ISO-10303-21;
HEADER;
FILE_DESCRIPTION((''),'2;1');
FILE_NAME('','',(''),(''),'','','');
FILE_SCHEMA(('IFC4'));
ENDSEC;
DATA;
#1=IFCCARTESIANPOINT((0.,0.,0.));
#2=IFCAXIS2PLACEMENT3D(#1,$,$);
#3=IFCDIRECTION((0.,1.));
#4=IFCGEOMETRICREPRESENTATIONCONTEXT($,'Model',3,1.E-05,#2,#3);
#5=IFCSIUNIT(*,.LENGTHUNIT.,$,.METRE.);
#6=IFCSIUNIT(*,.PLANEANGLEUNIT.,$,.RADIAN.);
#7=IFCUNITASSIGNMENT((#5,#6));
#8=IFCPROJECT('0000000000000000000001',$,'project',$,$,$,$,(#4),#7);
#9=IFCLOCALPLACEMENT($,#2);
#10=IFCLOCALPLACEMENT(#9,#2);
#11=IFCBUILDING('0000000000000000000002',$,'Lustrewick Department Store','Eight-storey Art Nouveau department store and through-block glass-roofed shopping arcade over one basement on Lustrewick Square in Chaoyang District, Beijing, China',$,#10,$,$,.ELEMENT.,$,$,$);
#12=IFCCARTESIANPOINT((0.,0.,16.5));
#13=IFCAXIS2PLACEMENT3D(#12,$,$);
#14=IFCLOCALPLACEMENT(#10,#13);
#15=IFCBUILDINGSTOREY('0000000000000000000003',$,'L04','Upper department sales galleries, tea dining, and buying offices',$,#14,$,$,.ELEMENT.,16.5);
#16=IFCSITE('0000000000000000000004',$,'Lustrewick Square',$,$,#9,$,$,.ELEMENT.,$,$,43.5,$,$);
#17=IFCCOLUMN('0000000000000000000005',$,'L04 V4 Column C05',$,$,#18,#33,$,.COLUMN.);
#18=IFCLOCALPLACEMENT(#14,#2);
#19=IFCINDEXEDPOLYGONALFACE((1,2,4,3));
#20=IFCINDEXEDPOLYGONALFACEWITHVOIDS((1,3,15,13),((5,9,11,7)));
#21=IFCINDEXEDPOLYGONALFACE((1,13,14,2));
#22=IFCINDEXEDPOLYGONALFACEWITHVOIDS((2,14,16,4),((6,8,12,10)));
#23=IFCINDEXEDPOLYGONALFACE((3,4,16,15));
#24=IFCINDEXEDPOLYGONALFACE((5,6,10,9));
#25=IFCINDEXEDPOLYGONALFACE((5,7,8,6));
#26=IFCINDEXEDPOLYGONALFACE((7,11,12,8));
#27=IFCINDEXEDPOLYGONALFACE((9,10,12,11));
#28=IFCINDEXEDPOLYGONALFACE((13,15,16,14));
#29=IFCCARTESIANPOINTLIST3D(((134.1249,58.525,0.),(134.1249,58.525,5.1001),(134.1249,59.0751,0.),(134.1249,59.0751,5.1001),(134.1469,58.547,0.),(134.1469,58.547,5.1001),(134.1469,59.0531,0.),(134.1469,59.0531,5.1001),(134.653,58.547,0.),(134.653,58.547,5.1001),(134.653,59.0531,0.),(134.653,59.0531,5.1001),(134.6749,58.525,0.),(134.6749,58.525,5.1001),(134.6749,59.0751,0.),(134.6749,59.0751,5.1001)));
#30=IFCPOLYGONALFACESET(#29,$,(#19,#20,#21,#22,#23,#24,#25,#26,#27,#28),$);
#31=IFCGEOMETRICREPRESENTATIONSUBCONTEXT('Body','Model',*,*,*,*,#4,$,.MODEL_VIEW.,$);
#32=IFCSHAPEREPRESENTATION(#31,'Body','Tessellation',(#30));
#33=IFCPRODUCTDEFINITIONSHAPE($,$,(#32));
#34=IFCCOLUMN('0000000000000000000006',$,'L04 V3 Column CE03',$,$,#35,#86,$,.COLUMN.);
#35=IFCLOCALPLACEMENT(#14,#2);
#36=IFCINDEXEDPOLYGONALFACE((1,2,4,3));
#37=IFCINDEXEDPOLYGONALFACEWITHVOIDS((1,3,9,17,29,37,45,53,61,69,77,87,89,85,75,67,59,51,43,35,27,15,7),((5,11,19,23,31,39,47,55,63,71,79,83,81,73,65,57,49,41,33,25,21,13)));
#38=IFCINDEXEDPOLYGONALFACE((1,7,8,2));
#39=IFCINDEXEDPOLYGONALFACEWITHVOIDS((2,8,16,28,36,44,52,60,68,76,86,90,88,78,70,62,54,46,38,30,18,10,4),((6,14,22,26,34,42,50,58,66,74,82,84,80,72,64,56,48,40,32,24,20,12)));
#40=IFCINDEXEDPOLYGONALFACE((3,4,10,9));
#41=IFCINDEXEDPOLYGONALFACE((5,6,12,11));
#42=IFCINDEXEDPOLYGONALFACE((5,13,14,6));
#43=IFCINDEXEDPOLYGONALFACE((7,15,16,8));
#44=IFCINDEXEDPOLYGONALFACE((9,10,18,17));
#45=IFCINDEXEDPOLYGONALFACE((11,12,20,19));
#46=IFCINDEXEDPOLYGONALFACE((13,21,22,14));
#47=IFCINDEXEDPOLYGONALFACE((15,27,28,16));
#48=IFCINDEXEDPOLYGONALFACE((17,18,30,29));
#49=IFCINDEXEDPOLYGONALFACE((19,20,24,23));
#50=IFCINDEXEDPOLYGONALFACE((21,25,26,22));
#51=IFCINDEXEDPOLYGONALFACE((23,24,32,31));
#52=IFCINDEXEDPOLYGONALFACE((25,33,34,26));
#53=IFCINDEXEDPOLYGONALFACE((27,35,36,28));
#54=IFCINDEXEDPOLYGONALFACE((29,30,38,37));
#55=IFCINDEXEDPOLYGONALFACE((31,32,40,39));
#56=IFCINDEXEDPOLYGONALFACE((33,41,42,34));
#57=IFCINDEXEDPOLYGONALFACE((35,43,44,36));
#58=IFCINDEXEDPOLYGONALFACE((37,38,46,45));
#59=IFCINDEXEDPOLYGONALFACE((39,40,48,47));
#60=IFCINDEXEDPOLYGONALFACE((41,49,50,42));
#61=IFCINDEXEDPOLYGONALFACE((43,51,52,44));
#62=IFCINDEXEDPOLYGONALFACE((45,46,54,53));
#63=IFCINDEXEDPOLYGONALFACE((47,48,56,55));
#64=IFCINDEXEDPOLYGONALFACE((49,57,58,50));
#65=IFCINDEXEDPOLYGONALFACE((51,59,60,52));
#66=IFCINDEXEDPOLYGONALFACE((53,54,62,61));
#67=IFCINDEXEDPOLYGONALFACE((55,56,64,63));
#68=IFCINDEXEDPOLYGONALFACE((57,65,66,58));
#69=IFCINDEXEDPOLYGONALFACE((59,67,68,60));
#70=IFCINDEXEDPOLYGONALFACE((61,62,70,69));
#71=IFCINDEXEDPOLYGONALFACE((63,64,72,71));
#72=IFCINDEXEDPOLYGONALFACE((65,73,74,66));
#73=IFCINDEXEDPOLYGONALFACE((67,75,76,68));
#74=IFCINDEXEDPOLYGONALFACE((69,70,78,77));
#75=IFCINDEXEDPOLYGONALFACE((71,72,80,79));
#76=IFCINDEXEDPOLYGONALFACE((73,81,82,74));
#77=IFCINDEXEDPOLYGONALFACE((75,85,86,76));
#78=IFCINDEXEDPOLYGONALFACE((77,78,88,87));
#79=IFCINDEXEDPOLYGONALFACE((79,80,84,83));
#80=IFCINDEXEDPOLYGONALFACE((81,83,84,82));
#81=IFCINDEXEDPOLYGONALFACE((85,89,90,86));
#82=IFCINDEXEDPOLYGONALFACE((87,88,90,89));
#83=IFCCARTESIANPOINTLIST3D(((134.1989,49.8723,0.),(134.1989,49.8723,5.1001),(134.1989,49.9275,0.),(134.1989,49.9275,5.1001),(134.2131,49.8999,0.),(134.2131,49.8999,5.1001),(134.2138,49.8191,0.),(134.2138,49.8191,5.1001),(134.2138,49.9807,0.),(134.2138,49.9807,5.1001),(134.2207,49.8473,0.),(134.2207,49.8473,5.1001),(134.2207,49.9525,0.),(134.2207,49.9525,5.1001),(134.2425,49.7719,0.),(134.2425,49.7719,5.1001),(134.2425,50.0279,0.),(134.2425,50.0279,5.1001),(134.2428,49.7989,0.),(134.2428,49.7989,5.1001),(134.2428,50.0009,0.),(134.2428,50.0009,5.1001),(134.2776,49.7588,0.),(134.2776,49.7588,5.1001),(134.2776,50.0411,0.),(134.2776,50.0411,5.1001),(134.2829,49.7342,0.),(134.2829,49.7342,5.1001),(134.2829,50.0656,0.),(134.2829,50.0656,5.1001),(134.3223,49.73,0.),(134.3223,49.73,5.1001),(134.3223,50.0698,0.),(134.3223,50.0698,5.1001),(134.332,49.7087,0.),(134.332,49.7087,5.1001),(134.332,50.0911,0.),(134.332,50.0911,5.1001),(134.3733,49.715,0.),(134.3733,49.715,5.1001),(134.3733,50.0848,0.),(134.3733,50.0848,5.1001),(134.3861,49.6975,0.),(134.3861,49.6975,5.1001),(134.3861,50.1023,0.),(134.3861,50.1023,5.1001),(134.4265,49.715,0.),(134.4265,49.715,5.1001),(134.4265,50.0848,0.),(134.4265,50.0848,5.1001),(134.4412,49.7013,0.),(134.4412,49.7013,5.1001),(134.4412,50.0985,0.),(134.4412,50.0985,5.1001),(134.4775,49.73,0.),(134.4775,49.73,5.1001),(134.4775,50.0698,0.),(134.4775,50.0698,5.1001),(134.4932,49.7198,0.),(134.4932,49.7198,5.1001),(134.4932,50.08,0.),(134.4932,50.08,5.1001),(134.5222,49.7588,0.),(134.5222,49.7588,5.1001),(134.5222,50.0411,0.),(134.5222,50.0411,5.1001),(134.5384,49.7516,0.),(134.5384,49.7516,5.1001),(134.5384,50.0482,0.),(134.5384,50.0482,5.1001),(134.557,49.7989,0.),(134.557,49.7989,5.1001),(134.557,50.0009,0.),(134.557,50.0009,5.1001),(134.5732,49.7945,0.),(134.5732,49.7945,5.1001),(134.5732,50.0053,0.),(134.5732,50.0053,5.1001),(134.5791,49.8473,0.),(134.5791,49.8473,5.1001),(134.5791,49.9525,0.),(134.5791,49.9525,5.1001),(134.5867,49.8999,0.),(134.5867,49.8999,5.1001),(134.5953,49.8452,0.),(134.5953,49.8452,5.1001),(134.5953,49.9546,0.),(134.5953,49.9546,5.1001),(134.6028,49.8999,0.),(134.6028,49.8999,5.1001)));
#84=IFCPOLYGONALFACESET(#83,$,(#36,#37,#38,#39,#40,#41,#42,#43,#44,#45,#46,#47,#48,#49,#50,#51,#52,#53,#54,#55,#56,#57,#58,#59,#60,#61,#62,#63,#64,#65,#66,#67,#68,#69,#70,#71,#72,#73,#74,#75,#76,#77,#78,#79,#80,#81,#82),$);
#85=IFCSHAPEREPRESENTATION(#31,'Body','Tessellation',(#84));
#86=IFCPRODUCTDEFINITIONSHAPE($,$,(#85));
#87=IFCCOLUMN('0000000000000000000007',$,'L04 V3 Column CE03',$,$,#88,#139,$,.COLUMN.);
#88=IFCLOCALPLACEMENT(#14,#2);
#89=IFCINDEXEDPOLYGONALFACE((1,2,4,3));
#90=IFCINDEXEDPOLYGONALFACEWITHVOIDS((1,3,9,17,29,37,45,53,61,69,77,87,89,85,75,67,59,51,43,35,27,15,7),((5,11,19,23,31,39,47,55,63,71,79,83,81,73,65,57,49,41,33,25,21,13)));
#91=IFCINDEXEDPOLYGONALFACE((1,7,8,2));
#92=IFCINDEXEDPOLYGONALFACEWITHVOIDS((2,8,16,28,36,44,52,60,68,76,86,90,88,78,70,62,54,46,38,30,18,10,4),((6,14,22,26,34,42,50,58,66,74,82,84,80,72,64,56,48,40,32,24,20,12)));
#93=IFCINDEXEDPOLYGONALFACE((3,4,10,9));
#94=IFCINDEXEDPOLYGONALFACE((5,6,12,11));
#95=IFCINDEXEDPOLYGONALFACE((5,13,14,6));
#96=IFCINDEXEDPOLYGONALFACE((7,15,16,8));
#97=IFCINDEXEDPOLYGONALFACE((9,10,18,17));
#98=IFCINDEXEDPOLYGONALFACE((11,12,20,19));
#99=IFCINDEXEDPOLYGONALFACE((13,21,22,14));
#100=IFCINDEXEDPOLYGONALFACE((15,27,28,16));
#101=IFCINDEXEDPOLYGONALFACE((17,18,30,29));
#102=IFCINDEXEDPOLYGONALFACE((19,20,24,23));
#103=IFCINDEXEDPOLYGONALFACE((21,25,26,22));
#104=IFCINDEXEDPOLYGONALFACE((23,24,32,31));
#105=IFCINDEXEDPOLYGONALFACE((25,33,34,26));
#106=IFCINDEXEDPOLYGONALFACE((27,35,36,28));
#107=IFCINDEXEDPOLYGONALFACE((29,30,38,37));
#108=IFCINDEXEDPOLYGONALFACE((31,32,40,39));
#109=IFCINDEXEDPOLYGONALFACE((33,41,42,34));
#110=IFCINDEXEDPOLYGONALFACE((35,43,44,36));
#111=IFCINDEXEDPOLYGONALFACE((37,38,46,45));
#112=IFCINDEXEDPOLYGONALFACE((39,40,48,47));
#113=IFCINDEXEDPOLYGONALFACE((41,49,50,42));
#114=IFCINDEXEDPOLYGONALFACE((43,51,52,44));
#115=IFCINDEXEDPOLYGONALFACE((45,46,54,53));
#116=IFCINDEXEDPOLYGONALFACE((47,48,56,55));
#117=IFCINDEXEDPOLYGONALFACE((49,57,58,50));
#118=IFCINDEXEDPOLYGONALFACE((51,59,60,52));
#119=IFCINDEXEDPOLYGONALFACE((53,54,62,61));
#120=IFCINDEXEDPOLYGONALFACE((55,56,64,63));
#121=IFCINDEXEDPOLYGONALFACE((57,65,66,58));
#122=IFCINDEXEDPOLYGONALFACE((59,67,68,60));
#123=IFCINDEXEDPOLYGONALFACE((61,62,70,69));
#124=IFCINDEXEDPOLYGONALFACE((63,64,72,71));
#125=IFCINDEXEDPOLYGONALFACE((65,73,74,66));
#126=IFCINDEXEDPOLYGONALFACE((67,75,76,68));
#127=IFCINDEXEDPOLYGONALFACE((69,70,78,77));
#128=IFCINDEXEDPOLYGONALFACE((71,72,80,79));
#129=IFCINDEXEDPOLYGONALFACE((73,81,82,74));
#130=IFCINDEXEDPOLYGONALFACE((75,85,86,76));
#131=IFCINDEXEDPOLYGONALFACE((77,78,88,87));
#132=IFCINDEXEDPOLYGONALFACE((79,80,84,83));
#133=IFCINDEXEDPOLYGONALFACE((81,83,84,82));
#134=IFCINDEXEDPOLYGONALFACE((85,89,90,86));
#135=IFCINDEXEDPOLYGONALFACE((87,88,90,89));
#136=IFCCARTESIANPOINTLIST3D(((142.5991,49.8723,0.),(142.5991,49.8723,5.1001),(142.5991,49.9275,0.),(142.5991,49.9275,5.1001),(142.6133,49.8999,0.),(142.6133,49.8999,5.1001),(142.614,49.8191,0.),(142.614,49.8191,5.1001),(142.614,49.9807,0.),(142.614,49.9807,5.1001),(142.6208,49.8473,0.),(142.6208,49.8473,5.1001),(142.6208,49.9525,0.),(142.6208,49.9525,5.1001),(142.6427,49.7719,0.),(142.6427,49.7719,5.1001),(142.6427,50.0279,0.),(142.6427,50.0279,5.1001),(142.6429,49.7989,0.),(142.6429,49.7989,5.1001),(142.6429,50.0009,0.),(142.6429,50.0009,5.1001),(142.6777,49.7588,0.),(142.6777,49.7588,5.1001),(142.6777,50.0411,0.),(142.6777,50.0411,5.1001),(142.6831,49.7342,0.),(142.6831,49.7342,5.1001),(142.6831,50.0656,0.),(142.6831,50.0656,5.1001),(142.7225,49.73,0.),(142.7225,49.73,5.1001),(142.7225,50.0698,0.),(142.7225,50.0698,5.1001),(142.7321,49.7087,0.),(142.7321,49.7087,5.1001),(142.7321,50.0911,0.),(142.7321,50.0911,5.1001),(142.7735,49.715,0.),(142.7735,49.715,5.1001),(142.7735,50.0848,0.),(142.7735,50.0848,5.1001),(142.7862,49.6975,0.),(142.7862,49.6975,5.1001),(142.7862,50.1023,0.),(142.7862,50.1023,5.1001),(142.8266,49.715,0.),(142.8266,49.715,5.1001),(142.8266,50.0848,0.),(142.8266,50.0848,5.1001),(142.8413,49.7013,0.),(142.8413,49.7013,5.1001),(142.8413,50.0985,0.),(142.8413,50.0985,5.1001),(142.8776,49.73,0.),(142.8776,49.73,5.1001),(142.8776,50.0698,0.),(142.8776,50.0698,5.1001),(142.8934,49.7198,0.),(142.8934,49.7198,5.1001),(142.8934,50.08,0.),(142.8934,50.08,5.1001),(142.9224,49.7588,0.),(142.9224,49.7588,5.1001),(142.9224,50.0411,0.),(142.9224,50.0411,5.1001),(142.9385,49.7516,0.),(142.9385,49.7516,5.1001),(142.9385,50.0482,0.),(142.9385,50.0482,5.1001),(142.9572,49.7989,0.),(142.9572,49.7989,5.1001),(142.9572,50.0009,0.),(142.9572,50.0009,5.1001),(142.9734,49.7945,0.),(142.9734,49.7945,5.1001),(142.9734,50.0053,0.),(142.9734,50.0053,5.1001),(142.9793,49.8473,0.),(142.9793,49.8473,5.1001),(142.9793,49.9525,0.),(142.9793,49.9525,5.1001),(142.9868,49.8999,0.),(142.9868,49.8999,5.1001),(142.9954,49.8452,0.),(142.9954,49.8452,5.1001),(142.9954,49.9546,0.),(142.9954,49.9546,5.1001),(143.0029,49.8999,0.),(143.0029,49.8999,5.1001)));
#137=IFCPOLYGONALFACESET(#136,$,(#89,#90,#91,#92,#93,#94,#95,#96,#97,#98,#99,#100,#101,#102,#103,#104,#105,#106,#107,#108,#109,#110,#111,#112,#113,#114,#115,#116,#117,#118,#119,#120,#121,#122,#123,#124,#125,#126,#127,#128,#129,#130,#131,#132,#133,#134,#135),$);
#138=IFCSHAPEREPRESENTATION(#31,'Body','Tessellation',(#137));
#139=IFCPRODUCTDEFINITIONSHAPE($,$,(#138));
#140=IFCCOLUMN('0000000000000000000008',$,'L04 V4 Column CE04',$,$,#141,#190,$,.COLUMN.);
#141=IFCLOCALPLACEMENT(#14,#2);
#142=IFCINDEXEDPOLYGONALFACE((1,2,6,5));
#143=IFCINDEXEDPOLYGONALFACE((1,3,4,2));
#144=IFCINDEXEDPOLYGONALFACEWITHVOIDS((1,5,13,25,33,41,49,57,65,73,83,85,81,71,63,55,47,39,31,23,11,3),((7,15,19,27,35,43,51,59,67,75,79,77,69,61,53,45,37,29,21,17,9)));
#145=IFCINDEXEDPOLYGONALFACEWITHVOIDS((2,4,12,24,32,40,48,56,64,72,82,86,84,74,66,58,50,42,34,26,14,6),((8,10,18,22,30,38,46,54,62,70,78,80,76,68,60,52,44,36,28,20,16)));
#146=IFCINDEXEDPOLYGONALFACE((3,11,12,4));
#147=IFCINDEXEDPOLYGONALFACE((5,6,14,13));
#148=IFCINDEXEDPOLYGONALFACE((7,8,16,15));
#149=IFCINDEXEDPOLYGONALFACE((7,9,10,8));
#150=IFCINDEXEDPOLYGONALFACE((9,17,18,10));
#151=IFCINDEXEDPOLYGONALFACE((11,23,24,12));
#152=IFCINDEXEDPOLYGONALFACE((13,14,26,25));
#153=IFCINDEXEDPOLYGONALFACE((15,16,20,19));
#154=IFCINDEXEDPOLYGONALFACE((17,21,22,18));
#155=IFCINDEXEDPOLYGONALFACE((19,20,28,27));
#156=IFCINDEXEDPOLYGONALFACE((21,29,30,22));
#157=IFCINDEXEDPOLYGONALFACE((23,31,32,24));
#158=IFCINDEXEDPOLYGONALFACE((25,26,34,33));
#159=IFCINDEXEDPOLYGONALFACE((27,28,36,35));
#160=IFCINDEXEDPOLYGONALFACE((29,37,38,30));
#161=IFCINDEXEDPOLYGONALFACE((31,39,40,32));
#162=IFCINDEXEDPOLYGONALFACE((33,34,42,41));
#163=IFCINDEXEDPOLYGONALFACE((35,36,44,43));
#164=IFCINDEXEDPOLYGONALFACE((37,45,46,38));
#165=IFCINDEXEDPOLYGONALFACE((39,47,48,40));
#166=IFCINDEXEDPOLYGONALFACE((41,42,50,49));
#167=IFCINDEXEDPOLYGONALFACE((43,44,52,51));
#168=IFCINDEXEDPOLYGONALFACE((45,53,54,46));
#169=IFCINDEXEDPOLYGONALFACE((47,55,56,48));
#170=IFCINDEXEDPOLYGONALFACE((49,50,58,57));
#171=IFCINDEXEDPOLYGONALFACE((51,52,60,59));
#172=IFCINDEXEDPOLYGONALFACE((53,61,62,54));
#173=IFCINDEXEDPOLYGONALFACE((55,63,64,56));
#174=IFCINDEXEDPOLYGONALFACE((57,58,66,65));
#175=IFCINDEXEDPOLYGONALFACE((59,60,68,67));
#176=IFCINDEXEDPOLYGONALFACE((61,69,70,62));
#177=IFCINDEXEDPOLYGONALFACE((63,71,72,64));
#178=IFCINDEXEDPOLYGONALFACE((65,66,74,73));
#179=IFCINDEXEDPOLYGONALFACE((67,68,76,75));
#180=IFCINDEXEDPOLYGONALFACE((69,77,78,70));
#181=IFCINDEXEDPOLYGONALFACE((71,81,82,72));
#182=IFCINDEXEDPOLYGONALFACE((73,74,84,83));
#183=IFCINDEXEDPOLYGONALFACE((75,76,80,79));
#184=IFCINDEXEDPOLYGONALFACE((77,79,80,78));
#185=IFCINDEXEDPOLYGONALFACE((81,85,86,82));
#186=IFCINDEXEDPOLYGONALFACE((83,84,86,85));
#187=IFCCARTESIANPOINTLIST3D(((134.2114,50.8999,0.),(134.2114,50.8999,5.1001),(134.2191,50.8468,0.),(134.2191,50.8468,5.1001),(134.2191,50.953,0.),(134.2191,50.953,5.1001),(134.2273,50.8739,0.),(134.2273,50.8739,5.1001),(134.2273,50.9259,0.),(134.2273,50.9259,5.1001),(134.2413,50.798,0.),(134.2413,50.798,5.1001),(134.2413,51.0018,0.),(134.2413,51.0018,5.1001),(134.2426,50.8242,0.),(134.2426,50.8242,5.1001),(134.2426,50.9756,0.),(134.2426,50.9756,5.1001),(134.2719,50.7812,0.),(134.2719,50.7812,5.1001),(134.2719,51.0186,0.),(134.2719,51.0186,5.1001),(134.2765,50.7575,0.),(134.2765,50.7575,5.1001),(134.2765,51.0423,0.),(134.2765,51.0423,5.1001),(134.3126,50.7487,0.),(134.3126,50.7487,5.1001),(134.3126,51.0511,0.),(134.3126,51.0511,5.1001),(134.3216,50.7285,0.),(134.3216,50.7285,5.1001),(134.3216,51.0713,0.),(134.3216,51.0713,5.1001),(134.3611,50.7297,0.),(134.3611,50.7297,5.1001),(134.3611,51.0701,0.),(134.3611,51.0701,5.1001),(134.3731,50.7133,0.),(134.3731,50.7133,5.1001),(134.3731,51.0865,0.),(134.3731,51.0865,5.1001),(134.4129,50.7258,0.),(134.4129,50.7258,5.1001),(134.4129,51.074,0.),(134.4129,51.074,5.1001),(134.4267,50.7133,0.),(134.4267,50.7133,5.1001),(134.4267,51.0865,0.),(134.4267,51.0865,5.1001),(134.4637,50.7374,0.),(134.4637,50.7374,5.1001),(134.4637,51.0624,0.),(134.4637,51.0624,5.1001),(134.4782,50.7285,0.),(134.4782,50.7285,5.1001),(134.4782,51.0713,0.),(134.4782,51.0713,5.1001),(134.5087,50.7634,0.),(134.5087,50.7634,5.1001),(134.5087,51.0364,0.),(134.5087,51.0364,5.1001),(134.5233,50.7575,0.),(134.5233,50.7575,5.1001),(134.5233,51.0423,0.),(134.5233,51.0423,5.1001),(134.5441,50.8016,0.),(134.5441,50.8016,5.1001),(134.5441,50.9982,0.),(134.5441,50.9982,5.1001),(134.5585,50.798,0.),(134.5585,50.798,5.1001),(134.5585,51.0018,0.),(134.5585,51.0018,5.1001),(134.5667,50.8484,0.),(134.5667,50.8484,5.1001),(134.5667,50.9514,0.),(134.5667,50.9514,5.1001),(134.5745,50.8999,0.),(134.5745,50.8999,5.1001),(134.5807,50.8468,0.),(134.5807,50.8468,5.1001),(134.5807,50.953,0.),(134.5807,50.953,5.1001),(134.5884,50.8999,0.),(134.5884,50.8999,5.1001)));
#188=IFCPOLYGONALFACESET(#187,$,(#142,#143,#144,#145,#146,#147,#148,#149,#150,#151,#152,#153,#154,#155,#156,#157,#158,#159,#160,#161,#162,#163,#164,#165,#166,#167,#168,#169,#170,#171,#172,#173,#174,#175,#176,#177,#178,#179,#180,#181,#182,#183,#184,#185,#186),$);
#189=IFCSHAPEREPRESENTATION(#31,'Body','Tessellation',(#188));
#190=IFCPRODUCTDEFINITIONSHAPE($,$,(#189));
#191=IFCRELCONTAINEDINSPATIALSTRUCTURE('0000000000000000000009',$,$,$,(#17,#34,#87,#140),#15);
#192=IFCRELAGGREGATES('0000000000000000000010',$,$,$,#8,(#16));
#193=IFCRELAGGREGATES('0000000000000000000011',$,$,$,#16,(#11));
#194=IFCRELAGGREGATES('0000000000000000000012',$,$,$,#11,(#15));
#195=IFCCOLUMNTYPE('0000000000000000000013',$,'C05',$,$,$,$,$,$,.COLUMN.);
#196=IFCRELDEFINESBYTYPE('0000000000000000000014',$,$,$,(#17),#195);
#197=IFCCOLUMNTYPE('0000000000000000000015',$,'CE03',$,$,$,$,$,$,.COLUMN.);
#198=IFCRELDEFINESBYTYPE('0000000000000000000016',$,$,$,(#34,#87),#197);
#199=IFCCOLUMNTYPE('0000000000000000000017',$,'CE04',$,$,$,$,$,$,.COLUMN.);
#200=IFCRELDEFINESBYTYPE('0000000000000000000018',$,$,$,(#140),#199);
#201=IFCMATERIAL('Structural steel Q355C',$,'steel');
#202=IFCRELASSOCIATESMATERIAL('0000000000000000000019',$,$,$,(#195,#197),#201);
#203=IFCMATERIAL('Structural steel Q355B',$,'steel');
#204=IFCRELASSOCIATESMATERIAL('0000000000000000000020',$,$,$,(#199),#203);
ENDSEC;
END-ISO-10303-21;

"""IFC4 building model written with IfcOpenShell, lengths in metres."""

from ifc_helpers import new_model, si_unit, direction, frame, origin, origin_2d, place, context, subcontext, project, spatial, hollow_rectangle, hollow_circle, extrude, material, material_profile, profile_set, type_object, element, save


model = new_model("IFC4")

# Units and contexts
model_context = context("Model", 3, precision=1e-05, world=origin(), true_north=direction((0.0, 1.0)))
body_context = subcontext(model_context, "Body", "Model", "MODEL_VIEW")
ifc_project = project(units=[si_unit("LENGTHUNIT", "METRE"), si_unit("PLANEANGLEUNIT", "RADIAN")], contexts=[model_context])

# Site, building, storey
site_placement = place(None, origin())
site = spatial("IfcSite", under=ifc_project, at=site_placement, Name="Lustrewick Square", CompositionType="ELEMENT", RefElevation=43.5)
building_placement = place(site_placement, origin())
building = spatial("IfcBuilding", under=site, at=building_placement, Name="Lustrewick Department Store", Description="Eight-storey Art Nouveau department store and through-block glass-roofed shopping arcade over one basement on Lustrewick Square in Chaoyang District, Beijing, China", CompositionType="ELEMENT")
storey_placement = place(building_placement, frame((0.0, 0.0, 16.5)))
storey = spatial("IfcBuildingStorey", under=building, at=storey_placement, Name="L04", Description="Upper department sales galleries, tea dining, and buying offices", CompositionType="ELEMENT", Elevation=16.5)

# Columns
ifc_material_1 = material(Name="Structural steel Q355C", Category="steel")
ifc_material_profile_1 = material_profile(ifc_material_1, hollow_rectangle(XDim=0.55, YDim=0.55, WallThickness=0.022, at=origin_2d()), Name="BOX 550x550x22")
ifc_profile_set_1 = profile_set([ifc_material_profile_1], Name="Structural steel Q355C")
column_type_1 = type_object("IfcColumnType", Name="C05", PredefinedType="COLUMN", material=ifc_profile_set_1)
column_1_placement = place(storey_placement, frame((134.3999, 58.8, 0.0), z_axis=(0.0, 0.0, 1.0), x_axis=(1.0, 0.0, 0.0)))
element("IfcColumn", 1, at=column_1_placement, inside=storey, type_object=column_type_1, Name="L04 V4 Column C05", PredefinedType="COLUMN", context=body_context, shape_type="SweptSolid", body=[
    extrude(hollow_rectangle(XDim=0.55, YDim=0.55, WallThickness=0.022, at=origin_2d()), origin(), (0.0, 0.0, 1.0), 5.1001),
])
ifc_material_profile_2 = material_profile(ifc_material_1, hollow_circle(Radius=0.2029, WallThickness=0.0161, at=origin_2d()), Name="CHS 406x16")
ifc_profile_set_2 = profile_set([ifc_material_profile_2], Name="Structural steel Q355C")
column_type_2 = type_object("IfcColumnType", Name="CE03", PredefinedType="COLUMN", material=ifc_profile_set_2)
for number, where, z_axis, x_axis, name in (
    (2, (134.3999, 49.8999, 0.0), (0.0, 0.0, 1.0), (1.0, 0.0, 0.0), "L04 V3 Column CE03"),
    (3, (142.8, 49.8999, 0.0), (0.0, 0.0, 1.0), (1.0, 0.0, 0.0), "L04 V3 Column CE03"),
):
    element("IfcColumn", number, at=place(storey_placement, frame(where, z_axis=z_axis, x_axis=x_axis)), inside=storey, type_object=column_type_2, Name=name, PredefinedType="COLUMN", context=body_context, shape_type="SweptSolid", body=[
        extrude(hollow_circle(Radius=0.2029, WallThickness=0.0161, at=origin_2d()), origin(), (0.0, 0.0, 1.0), 5.1001),
    ])
ifc_material_2 = material(Name="Structural steel Q355B", Category="steel")
ifc_material_profile_3 = material_profile(ifc_material_2, hollow_circle(Radius=0.1885, WallThickness=0.0139, at=origin_2d()), Name="CHS 377x14")
ifc_profile_set_3 = profile_set([ifc_material_profile_3], Name="Structural steel Q355B")
column_type_3 = type_object("IfcColumnType", Name="CE04", PredefinedType="COLUMN", material=ifc_profile_set_3)
column_2_placement = place(storey_placement, frame((134.3999, 50.8999, 0.0), z_axis=(0.0, 0.0, 1.0), x_axis=(1.0, 0.0, 0.0)))
element("IfcColumn", 4, at=column_2_placement, inside=storey, type_object=column_type_3, Name="L04 V4 Column CE04", PredefinedType="COLUMN", context=body_context, shape_type="SweptSolid", body=[
    extrude(hollow_circle(Radius=0.1885, WallThickness=0.0139, at=origin_2d()), origin(), (0.0, 0.0, 1.0), 5.1001),
])

save(model, "model.ifc")
